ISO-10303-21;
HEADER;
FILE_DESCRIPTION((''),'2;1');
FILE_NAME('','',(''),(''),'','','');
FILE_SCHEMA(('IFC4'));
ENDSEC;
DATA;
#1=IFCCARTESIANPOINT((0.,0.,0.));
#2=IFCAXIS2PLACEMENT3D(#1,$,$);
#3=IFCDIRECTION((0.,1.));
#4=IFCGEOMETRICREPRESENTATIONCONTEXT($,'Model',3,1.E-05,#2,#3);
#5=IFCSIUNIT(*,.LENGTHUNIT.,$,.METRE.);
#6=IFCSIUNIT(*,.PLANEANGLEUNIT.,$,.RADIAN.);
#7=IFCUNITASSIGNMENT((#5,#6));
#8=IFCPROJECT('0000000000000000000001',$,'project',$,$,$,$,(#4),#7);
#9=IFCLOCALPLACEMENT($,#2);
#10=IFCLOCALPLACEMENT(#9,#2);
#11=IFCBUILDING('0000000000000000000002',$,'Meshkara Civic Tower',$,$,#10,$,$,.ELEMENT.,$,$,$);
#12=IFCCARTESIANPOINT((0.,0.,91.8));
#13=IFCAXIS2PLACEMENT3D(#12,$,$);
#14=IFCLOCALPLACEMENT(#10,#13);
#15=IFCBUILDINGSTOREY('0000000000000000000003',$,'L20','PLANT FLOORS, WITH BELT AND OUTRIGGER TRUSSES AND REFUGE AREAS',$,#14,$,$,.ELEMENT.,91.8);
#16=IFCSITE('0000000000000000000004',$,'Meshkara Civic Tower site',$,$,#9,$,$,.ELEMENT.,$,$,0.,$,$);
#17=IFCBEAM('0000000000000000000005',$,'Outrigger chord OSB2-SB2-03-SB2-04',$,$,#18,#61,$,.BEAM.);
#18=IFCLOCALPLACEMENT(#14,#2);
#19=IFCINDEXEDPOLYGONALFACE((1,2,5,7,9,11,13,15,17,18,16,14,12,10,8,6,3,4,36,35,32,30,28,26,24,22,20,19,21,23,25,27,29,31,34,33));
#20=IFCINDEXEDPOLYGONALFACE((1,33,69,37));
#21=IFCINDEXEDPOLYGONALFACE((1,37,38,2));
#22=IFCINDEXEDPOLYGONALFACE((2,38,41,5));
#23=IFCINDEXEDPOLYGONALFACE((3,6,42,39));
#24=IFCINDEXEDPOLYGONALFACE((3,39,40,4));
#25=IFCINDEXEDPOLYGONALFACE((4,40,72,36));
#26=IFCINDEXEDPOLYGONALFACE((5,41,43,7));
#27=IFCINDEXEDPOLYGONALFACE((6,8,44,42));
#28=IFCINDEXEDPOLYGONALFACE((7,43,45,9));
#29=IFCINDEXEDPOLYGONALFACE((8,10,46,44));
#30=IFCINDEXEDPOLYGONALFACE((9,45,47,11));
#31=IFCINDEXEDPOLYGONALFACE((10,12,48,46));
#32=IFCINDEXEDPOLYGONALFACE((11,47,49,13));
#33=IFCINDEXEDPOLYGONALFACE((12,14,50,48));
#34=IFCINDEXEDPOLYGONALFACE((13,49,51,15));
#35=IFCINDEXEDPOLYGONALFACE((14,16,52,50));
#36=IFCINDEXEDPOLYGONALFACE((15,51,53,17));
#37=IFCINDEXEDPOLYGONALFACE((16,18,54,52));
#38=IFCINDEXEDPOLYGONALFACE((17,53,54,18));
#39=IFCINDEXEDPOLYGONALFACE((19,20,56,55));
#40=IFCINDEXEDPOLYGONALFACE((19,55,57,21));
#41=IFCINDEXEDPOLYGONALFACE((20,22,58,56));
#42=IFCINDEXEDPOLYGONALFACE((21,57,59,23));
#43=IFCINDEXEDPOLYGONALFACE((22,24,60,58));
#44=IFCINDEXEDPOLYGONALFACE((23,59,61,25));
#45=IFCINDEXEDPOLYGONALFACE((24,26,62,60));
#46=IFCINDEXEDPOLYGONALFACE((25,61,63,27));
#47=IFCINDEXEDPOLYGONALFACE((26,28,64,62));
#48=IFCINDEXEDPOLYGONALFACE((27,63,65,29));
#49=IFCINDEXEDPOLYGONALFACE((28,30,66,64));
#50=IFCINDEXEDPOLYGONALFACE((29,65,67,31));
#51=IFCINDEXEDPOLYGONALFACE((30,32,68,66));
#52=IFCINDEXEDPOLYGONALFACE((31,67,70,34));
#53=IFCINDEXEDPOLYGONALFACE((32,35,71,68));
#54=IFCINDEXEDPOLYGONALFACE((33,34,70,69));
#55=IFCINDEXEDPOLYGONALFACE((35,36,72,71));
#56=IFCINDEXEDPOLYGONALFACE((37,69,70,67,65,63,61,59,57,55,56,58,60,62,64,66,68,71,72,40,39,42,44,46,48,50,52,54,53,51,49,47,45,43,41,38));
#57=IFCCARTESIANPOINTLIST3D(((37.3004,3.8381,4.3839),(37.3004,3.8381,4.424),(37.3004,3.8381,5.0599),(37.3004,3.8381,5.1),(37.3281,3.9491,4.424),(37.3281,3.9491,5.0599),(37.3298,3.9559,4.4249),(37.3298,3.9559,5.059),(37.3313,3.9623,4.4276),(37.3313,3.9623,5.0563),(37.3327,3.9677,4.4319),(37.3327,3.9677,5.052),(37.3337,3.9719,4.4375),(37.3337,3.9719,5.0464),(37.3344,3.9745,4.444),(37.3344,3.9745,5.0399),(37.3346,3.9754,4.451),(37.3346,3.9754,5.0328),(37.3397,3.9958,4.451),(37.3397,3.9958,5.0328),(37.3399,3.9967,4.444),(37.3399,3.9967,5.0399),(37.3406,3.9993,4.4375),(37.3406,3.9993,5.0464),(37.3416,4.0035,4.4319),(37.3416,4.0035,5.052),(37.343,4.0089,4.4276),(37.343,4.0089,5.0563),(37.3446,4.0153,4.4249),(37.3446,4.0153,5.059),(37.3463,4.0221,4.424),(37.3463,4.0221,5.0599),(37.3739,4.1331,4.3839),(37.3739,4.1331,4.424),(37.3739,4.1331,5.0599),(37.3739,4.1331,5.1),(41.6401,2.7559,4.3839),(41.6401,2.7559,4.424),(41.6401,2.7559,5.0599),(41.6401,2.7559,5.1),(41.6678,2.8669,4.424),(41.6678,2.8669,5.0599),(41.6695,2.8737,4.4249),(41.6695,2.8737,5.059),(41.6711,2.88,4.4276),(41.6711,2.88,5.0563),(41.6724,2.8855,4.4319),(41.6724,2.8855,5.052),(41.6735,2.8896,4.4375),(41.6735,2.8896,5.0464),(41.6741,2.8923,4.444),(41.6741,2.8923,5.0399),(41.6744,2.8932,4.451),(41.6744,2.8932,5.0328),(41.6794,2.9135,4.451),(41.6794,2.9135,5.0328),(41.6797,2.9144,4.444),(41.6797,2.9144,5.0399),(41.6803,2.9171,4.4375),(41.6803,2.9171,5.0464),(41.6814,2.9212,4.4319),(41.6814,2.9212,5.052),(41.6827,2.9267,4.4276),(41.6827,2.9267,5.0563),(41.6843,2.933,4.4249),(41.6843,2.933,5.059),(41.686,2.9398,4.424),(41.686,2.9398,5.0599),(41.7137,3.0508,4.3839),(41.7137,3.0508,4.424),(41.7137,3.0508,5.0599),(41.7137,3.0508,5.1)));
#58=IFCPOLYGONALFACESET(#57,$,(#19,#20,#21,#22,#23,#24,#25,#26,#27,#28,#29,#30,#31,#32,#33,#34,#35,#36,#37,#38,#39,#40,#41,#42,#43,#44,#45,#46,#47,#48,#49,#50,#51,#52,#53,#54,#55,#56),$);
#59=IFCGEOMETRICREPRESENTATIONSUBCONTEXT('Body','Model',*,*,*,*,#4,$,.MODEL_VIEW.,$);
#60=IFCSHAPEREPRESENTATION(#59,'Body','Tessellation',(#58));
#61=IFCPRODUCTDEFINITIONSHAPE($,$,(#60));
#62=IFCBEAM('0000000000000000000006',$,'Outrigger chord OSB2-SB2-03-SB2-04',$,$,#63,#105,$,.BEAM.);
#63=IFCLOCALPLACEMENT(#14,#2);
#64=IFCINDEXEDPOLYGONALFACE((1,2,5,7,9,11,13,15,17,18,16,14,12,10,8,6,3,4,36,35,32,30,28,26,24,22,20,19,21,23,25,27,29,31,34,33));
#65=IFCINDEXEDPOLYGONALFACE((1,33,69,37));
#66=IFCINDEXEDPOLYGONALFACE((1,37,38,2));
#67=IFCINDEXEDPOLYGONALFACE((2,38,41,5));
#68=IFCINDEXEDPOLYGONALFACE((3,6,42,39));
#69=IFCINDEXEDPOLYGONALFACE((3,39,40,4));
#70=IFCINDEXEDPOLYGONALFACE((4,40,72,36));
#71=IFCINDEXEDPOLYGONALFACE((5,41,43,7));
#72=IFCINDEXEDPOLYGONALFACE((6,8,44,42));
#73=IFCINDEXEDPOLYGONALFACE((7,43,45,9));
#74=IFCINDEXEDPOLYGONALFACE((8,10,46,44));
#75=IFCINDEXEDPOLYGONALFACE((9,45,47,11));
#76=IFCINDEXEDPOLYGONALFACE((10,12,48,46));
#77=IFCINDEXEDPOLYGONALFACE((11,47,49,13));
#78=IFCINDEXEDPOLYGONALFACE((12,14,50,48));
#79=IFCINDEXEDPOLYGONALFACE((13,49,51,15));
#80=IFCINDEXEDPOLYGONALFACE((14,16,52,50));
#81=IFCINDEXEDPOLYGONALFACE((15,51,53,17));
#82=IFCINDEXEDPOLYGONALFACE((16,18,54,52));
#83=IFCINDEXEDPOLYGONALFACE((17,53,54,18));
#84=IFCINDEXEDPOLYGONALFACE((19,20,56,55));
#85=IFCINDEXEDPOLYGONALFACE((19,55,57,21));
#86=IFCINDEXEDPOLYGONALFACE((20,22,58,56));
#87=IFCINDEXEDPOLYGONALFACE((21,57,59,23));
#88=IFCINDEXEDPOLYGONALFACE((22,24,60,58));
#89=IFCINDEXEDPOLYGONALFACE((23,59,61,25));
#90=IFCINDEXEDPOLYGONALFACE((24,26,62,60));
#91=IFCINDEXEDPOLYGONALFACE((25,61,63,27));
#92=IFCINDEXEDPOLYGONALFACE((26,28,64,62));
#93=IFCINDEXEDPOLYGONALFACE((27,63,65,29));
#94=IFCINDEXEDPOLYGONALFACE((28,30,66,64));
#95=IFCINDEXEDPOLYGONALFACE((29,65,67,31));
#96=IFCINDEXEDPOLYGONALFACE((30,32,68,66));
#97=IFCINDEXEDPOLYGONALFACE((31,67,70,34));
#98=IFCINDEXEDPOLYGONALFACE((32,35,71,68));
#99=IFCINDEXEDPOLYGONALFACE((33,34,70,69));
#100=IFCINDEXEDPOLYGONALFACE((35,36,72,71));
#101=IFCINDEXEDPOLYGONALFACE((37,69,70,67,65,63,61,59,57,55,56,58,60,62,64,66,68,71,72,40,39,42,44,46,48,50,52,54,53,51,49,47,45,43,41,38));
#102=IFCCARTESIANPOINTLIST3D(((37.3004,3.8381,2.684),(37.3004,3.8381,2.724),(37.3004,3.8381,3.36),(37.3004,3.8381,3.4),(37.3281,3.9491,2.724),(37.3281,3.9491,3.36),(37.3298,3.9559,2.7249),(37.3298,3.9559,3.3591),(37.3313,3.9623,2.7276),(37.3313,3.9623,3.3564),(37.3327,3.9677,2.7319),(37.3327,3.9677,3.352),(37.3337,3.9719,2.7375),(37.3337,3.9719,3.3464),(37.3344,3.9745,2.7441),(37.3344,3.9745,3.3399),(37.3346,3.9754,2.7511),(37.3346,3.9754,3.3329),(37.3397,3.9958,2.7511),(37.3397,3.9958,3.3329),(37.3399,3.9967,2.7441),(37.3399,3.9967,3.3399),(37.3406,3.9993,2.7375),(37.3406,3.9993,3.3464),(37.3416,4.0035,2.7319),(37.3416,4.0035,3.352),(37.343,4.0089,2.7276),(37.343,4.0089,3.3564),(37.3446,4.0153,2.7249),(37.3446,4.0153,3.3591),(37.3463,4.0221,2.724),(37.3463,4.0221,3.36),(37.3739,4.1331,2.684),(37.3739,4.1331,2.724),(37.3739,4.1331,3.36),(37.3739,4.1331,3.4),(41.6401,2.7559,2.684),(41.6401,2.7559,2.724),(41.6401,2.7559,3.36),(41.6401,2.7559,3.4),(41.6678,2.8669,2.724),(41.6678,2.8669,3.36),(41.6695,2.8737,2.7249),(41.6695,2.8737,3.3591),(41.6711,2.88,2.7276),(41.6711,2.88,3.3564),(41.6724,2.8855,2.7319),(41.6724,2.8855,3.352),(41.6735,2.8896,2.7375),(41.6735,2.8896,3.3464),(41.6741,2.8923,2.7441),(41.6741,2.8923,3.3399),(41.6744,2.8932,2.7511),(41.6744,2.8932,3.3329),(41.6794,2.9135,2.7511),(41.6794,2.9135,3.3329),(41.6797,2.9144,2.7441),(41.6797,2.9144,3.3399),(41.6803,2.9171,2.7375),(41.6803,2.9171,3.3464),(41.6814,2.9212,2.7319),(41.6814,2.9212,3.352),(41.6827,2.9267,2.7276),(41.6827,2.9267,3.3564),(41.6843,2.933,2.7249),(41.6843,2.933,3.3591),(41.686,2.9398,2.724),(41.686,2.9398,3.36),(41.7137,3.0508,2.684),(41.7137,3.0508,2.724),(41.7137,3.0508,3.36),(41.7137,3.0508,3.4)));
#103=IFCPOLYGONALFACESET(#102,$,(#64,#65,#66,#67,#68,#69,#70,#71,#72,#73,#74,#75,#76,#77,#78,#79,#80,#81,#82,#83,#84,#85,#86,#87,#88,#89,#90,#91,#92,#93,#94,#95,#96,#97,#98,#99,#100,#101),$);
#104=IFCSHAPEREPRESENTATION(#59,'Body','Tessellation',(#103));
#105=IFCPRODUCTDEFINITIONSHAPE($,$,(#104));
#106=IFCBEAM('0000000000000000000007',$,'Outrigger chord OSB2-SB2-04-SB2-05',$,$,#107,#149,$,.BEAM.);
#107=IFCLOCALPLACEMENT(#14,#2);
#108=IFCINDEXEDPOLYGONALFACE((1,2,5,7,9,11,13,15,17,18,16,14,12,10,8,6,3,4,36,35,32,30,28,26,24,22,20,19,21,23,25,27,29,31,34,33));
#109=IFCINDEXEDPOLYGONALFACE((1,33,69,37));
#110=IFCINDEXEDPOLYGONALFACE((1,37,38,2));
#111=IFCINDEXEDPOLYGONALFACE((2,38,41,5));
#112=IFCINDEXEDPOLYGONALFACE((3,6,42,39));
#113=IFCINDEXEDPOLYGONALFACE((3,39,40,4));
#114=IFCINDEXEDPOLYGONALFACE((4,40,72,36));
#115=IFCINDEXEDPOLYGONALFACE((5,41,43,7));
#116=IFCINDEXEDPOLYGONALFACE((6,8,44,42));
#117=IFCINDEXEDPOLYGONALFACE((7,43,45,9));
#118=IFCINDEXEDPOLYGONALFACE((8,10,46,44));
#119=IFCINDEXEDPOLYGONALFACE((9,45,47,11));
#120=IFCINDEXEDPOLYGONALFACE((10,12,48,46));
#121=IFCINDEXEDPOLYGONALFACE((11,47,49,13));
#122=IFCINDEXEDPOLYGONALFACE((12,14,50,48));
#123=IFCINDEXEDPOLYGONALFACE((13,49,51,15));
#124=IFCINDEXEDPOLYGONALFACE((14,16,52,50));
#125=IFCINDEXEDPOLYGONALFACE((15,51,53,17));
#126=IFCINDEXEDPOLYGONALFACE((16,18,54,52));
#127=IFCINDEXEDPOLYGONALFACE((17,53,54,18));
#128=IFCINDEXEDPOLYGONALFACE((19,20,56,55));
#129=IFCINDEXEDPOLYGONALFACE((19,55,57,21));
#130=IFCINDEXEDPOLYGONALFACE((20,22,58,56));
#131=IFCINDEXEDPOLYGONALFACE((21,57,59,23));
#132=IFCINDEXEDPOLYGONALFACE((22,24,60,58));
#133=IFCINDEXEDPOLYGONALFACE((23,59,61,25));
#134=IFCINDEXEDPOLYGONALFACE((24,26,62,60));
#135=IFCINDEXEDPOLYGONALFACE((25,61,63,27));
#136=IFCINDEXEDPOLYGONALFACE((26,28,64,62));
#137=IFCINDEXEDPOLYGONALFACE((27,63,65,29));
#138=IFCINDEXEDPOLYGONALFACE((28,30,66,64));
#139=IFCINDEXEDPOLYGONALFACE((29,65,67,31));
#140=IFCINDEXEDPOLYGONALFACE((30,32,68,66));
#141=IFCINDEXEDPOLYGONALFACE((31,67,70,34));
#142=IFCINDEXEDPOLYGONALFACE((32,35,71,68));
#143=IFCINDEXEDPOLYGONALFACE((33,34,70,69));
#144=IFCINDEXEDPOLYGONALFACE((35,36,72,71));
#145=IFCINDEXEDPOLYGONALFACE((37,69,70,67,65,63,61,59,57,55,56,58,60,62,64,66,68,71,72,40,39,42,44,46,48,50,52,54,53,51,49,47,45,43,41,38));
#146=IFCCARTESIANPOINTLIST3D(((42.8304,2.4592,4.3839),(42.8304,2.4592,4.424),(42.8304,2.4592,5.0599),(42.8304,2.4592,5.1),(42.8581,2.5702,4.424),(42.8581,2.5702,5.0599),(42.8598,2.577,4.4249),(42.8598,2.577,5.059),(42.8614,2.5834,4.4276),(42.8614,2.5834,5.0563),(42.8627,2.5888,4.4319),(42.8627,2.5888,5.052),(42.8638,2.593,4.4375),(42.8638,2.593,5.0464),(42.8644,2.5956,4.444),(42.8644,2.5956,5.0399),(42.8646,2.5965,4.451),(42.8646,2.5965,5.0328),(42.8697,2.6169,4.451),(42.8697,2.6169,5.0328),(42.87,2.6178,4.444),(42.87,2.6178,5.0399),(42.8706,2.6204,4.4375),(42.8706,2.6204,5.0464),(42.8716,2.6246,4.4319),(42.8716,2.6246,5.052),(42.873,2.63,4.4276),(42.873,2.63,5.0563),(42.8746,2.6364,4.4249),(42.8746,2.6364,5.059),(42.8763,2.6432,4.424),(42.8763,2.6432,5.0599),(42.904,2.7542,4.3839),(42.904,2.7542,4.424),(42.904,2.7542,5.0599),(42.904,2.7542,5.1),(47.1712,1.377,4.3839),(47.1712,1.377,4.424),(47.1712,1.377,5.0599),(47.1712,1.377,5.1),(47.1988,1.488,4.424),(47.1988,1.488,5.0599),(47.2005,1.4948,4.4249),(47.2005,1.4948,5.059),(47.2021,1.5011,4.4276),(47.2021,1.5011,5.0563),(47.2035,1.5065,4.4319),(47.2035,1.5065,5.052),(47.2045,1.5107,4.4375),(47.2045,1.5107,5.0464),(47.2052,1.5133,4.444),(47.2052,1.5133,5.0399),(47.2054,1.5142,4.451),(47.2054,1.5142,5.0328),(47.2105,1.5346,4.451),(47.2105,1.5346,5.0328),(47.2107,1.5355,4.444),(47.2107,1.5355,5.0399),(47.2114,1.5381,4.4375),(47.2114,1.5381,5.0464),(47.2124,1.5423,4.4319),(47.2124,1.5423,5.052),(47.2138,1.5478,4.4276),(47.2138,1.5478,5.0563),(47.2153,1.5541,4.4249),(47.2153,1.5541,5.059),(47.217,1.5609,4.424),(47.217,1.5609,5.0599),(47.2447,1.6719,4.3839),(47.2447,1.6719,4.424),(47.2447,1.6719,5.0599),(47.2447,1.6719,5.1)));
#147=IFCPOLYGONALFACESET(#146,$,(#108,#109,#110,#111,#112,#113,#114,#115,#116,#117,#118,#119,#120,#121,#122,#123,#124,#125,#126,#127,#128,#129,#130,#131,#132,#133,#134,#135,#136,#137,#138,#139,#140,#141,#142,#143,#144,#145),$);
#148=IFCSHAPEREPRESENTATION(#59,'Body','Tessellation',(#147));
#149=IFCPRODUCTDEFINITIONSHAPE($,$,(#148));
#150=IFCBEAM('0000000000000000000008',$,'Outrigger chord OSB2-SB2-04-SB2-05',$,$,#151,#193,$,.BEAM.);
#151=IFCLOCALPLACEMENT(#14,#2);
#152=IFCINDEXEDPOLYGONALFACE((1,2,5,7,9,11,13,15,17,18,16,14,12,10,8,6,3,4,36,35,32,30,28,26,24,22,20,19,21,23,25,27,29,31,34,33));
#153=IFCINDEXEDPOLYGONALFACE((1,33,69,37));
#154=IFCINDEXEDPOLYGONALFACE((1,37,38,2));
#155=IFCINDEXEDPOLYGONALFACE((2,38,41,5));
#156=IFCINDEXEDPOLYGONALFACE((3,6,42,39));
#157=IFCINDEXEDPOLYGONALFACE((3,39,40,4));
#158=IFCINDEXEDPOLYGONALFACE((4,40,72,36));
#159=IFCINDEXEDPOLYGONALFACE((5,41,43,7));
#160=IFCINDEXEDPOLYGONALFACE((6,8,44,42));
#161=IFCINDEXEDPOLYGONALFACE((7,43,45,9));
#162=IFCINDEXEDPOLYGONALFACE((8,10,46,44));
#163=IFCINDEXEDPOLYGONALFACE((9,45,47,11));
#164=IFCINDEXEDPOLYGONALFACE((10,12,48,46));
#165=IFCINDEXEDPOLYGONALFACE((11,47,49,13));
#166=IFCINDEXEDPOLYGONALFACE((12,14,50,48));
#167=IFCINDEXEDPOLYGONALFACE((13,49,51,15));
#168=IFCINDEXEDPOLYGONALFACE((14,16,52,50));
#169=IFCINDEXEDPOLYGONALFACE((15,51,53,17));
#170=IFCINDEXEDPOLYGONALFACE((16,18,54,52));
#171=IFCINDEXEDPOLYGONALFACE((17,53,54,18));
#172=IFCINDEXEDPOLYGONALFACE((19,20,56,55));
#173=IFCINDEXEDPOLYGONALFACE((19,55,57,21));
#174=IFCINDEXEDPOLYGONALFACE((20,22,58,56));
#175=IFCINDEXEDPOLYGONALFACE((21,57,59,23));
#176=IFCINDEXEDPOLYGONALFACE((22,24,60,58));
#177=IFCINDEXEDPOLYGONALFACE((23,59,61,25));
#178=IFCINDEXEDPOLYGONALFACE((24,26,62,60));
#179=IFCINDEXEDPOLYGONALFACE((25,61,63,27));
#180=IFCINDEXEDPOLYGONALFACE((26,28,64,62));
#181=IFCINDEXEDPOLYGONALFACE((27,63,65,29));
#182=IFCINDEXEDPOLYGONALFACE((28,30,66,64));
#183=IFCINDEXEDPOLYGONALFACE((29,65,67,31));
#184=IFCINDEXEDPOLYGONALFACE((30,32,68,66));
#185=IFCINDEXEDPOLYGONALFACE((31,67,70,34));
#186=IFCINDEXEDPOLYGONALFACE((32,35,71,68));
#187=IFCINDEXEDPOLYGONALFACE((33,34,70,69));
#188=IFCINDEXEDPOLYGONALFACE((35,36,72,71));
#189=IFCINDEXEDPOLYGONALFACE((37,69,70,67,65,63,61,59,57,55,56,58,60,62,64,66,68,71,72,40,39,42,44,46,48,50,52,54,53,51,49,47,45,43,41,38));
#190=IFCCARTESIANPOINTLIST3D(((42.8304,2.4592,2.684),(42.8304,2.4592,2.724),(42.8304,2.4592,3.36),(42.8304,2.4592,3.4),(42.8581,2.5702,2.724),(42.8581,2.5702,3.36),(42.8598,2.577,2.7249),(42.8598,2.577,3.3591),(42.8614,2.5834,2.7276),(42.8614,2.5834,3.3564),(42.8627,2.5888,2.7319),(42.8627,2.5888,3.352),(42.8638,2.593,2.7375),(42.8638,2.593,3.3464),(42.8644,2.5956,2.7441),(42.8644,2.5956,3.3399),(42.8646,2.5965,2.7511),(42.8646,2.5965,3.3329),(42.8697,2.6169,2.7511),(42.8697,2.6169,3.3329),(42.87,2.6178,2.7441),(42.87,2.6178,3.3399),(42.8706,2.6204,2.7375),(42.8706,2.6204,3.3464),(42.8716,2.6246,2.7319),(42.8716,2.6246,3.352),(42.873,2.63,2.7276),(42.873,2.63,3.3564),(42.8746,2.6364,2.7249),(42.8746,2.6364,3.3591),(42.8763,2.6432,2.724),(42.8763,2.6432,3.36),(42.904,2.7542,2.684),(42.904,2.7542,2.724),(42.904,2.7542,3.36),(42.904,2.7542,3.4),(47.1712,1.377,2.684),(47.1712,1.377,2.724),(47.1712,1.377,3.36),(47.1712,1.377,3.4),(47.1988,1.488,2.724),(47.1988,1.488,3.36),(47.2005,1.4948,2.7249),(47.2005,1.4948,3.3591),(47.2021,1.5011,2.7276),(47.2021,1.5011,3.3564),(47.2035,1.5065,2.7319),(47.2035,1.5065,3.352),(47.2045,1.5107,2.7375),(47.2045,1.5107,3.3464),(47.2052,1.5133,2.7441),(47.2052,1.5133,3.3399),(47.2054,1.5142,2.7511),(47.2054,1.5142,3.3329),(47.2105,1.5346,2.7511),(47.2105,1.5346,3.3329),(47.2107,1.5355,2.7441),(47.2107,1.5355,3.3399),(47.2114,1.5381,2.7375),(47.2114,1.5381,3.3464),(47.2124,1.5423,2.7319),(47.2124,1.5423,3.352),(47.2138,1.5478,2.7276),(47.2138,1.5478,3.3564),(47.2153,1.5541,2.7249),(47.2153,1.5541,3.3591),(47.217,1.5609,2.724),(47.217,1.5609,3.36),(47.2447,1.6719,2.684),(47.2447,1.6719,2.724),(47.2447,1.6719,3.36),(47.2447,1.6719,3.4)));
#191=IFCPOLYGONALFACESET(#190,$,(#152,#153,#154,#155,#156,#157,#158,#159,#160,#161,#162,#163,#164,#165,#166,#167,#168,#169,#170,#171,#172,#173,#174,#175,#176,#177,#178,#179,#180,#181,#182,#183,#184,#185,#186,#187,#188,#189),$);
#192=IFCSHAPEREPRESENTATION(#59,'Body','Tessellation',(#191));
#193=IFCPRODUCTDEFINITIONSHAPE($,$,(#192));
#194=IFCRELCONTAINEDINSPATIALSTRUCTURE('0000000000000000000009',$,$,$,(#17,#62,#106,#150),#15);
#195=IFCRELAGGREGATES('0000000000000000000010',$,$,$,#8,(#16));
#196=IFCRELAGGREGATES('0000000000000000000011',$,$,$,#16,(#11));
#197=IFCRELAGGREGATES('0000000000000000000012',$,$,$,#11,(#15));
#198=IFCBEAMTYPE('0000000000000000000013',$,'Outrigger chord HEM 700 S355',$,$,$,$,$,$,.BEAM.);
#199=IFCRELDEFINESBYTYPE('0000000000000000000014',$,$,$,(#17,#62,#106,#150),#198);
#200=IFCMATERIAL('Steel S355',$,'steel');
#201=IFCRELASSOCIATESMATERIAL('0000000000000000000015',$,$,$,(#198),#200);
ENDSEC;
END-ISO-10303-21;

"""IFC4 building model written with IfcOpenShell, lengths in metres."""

from ifc_helpers import new_model, si_unit, direction, frame, origin, origin_2d, place, context, subcontext, project, spatial, i_section, extrude, material, material_profile, profile_set, type_object, element, save


model = new_model("IFC4")

# Units and contexts
model_context = context("Model", 3, precision=1e-05, world=origin(), true_north=direction((0.0, 1.0)))
body_context = subcontext(model_context, "Body", "Model", "MODEL_VIEW")
ifc_project = project(units=[si_unit("LENGTHUNIT", "METRE"), si_unit("PLANEANGLEUNIT", "RADIAN")], contexts=[model_context])

# Site, building, storey
site_placement = place(None, origin())
site = spatial("IfcSite", under=ifc_project, at=site_placement, Name="Meshkara Civic Tower site", CompositionType="ELEMENT", RefElevation=0.0)
building_placement = place(site_placement, origin())
building = spatial("IfcBuilding", under=site, at=building_placement, Name="Meshkara Civic Tower", CompositionType="ELEMENT")
storey_placement = place(building_placement, frame((0.0, 0.0, 91.8)))
storey = spatial("IfcBuildingStorey", under=building, at=storey_placement, Name="L20", Description="PLANT FLOORS, WITH BELT AND OUTRIGGER TRUSSES AND REFUGE AREAS", CompositionType="ELEMENT", Elevation=91.8)

# Beams
ifc_material_1 = material(Name="Steel S355", Category="steel")
ifc_material_profile_1 = material_profile(ifc_material_1, i_section(OverallWidth=0.304, OverallDepth=0.7161, WebThickness=0.021, FlangeThickness=0.04, FilletRadius=0.0271, at=origin_2d()))
ifc_profile_set_1 = profile_set([ifc_material_profile_1], Name="Steel S355")
beam_type_1 = type_object("IfcBeamType", Name="Outrigger chord HEM 700 S355", PredefinedType="BEAM", material=ifc_profile_set_1)
for number, where, z_axis, x_axis, name in (
    (1, (37.3372, 3.9856, 4.7419), (0.970284, -0.24197, 0.0), (0.24197, 0.970284, 0.0), "Outrigger chord OSB2-SB2-03-SB2-04"),
    (2, (37.3372, 3.9856, 3.042), (0.970284, -0.24197, 0.0), (0.24197, 0.970284, 0.0), "Outrigger chord OSB2-SB2-03-SB2-04"),
):
    element("IfcBeam", number, at=place(storey_placement, frame(where, z_axis=z_axis, x_axis=x_axis)), inside=storey, type_object=beam_type_1, Name=name, PredefinedType="BEAM", context=body_context, shape_type="SweptSolid", body=[
        extrude(i_section(OverallWidth=0.304, OverallDepth=0.7161, WebThickness=0.021, FlangeThickness=0.04, FilletRadius=0.0271, at=origin_2d()), origin(), (0.0, 0.0, 1.0), 4.4727),
    ])
for number, where, z_axis, x_axis, name in (
    (3, (42.8672, 2.6067, 4.7419), (0.970296, -0.241919, 0.0), (0.241919, 0.970296, 0.0), "Outrigger chord OSB2-SB2-04-SB2-05"),
    (4, (42.8672, 2.6067, 3.042), (0.970296, -0.241919, 0.0), (0.241919, 0.970296, 0.0), "Outrigger chord OSB2-SB2-04-SB2-05"),
):
    element("IfcBeam", number, at=place(storey_placement, frame(where, z_axis=z_axis, x_axis=x_axis)), inside=storey, type_object=beam_type_1, Name=name, PredefinedType="BEAM", context=body_context, shape_type="SweptSolid", body=[
        extrude(i_section(OverallWidth=0.304, OverallDepth=0.7161, WebThickness=0.021, FlangeThickness=0.04, FilletRadius=0.0271, at=origin_2d()), origin(), (0.0, 0.0, 1.0), 4.4736),
    ])

save(model, "model.ifc")
